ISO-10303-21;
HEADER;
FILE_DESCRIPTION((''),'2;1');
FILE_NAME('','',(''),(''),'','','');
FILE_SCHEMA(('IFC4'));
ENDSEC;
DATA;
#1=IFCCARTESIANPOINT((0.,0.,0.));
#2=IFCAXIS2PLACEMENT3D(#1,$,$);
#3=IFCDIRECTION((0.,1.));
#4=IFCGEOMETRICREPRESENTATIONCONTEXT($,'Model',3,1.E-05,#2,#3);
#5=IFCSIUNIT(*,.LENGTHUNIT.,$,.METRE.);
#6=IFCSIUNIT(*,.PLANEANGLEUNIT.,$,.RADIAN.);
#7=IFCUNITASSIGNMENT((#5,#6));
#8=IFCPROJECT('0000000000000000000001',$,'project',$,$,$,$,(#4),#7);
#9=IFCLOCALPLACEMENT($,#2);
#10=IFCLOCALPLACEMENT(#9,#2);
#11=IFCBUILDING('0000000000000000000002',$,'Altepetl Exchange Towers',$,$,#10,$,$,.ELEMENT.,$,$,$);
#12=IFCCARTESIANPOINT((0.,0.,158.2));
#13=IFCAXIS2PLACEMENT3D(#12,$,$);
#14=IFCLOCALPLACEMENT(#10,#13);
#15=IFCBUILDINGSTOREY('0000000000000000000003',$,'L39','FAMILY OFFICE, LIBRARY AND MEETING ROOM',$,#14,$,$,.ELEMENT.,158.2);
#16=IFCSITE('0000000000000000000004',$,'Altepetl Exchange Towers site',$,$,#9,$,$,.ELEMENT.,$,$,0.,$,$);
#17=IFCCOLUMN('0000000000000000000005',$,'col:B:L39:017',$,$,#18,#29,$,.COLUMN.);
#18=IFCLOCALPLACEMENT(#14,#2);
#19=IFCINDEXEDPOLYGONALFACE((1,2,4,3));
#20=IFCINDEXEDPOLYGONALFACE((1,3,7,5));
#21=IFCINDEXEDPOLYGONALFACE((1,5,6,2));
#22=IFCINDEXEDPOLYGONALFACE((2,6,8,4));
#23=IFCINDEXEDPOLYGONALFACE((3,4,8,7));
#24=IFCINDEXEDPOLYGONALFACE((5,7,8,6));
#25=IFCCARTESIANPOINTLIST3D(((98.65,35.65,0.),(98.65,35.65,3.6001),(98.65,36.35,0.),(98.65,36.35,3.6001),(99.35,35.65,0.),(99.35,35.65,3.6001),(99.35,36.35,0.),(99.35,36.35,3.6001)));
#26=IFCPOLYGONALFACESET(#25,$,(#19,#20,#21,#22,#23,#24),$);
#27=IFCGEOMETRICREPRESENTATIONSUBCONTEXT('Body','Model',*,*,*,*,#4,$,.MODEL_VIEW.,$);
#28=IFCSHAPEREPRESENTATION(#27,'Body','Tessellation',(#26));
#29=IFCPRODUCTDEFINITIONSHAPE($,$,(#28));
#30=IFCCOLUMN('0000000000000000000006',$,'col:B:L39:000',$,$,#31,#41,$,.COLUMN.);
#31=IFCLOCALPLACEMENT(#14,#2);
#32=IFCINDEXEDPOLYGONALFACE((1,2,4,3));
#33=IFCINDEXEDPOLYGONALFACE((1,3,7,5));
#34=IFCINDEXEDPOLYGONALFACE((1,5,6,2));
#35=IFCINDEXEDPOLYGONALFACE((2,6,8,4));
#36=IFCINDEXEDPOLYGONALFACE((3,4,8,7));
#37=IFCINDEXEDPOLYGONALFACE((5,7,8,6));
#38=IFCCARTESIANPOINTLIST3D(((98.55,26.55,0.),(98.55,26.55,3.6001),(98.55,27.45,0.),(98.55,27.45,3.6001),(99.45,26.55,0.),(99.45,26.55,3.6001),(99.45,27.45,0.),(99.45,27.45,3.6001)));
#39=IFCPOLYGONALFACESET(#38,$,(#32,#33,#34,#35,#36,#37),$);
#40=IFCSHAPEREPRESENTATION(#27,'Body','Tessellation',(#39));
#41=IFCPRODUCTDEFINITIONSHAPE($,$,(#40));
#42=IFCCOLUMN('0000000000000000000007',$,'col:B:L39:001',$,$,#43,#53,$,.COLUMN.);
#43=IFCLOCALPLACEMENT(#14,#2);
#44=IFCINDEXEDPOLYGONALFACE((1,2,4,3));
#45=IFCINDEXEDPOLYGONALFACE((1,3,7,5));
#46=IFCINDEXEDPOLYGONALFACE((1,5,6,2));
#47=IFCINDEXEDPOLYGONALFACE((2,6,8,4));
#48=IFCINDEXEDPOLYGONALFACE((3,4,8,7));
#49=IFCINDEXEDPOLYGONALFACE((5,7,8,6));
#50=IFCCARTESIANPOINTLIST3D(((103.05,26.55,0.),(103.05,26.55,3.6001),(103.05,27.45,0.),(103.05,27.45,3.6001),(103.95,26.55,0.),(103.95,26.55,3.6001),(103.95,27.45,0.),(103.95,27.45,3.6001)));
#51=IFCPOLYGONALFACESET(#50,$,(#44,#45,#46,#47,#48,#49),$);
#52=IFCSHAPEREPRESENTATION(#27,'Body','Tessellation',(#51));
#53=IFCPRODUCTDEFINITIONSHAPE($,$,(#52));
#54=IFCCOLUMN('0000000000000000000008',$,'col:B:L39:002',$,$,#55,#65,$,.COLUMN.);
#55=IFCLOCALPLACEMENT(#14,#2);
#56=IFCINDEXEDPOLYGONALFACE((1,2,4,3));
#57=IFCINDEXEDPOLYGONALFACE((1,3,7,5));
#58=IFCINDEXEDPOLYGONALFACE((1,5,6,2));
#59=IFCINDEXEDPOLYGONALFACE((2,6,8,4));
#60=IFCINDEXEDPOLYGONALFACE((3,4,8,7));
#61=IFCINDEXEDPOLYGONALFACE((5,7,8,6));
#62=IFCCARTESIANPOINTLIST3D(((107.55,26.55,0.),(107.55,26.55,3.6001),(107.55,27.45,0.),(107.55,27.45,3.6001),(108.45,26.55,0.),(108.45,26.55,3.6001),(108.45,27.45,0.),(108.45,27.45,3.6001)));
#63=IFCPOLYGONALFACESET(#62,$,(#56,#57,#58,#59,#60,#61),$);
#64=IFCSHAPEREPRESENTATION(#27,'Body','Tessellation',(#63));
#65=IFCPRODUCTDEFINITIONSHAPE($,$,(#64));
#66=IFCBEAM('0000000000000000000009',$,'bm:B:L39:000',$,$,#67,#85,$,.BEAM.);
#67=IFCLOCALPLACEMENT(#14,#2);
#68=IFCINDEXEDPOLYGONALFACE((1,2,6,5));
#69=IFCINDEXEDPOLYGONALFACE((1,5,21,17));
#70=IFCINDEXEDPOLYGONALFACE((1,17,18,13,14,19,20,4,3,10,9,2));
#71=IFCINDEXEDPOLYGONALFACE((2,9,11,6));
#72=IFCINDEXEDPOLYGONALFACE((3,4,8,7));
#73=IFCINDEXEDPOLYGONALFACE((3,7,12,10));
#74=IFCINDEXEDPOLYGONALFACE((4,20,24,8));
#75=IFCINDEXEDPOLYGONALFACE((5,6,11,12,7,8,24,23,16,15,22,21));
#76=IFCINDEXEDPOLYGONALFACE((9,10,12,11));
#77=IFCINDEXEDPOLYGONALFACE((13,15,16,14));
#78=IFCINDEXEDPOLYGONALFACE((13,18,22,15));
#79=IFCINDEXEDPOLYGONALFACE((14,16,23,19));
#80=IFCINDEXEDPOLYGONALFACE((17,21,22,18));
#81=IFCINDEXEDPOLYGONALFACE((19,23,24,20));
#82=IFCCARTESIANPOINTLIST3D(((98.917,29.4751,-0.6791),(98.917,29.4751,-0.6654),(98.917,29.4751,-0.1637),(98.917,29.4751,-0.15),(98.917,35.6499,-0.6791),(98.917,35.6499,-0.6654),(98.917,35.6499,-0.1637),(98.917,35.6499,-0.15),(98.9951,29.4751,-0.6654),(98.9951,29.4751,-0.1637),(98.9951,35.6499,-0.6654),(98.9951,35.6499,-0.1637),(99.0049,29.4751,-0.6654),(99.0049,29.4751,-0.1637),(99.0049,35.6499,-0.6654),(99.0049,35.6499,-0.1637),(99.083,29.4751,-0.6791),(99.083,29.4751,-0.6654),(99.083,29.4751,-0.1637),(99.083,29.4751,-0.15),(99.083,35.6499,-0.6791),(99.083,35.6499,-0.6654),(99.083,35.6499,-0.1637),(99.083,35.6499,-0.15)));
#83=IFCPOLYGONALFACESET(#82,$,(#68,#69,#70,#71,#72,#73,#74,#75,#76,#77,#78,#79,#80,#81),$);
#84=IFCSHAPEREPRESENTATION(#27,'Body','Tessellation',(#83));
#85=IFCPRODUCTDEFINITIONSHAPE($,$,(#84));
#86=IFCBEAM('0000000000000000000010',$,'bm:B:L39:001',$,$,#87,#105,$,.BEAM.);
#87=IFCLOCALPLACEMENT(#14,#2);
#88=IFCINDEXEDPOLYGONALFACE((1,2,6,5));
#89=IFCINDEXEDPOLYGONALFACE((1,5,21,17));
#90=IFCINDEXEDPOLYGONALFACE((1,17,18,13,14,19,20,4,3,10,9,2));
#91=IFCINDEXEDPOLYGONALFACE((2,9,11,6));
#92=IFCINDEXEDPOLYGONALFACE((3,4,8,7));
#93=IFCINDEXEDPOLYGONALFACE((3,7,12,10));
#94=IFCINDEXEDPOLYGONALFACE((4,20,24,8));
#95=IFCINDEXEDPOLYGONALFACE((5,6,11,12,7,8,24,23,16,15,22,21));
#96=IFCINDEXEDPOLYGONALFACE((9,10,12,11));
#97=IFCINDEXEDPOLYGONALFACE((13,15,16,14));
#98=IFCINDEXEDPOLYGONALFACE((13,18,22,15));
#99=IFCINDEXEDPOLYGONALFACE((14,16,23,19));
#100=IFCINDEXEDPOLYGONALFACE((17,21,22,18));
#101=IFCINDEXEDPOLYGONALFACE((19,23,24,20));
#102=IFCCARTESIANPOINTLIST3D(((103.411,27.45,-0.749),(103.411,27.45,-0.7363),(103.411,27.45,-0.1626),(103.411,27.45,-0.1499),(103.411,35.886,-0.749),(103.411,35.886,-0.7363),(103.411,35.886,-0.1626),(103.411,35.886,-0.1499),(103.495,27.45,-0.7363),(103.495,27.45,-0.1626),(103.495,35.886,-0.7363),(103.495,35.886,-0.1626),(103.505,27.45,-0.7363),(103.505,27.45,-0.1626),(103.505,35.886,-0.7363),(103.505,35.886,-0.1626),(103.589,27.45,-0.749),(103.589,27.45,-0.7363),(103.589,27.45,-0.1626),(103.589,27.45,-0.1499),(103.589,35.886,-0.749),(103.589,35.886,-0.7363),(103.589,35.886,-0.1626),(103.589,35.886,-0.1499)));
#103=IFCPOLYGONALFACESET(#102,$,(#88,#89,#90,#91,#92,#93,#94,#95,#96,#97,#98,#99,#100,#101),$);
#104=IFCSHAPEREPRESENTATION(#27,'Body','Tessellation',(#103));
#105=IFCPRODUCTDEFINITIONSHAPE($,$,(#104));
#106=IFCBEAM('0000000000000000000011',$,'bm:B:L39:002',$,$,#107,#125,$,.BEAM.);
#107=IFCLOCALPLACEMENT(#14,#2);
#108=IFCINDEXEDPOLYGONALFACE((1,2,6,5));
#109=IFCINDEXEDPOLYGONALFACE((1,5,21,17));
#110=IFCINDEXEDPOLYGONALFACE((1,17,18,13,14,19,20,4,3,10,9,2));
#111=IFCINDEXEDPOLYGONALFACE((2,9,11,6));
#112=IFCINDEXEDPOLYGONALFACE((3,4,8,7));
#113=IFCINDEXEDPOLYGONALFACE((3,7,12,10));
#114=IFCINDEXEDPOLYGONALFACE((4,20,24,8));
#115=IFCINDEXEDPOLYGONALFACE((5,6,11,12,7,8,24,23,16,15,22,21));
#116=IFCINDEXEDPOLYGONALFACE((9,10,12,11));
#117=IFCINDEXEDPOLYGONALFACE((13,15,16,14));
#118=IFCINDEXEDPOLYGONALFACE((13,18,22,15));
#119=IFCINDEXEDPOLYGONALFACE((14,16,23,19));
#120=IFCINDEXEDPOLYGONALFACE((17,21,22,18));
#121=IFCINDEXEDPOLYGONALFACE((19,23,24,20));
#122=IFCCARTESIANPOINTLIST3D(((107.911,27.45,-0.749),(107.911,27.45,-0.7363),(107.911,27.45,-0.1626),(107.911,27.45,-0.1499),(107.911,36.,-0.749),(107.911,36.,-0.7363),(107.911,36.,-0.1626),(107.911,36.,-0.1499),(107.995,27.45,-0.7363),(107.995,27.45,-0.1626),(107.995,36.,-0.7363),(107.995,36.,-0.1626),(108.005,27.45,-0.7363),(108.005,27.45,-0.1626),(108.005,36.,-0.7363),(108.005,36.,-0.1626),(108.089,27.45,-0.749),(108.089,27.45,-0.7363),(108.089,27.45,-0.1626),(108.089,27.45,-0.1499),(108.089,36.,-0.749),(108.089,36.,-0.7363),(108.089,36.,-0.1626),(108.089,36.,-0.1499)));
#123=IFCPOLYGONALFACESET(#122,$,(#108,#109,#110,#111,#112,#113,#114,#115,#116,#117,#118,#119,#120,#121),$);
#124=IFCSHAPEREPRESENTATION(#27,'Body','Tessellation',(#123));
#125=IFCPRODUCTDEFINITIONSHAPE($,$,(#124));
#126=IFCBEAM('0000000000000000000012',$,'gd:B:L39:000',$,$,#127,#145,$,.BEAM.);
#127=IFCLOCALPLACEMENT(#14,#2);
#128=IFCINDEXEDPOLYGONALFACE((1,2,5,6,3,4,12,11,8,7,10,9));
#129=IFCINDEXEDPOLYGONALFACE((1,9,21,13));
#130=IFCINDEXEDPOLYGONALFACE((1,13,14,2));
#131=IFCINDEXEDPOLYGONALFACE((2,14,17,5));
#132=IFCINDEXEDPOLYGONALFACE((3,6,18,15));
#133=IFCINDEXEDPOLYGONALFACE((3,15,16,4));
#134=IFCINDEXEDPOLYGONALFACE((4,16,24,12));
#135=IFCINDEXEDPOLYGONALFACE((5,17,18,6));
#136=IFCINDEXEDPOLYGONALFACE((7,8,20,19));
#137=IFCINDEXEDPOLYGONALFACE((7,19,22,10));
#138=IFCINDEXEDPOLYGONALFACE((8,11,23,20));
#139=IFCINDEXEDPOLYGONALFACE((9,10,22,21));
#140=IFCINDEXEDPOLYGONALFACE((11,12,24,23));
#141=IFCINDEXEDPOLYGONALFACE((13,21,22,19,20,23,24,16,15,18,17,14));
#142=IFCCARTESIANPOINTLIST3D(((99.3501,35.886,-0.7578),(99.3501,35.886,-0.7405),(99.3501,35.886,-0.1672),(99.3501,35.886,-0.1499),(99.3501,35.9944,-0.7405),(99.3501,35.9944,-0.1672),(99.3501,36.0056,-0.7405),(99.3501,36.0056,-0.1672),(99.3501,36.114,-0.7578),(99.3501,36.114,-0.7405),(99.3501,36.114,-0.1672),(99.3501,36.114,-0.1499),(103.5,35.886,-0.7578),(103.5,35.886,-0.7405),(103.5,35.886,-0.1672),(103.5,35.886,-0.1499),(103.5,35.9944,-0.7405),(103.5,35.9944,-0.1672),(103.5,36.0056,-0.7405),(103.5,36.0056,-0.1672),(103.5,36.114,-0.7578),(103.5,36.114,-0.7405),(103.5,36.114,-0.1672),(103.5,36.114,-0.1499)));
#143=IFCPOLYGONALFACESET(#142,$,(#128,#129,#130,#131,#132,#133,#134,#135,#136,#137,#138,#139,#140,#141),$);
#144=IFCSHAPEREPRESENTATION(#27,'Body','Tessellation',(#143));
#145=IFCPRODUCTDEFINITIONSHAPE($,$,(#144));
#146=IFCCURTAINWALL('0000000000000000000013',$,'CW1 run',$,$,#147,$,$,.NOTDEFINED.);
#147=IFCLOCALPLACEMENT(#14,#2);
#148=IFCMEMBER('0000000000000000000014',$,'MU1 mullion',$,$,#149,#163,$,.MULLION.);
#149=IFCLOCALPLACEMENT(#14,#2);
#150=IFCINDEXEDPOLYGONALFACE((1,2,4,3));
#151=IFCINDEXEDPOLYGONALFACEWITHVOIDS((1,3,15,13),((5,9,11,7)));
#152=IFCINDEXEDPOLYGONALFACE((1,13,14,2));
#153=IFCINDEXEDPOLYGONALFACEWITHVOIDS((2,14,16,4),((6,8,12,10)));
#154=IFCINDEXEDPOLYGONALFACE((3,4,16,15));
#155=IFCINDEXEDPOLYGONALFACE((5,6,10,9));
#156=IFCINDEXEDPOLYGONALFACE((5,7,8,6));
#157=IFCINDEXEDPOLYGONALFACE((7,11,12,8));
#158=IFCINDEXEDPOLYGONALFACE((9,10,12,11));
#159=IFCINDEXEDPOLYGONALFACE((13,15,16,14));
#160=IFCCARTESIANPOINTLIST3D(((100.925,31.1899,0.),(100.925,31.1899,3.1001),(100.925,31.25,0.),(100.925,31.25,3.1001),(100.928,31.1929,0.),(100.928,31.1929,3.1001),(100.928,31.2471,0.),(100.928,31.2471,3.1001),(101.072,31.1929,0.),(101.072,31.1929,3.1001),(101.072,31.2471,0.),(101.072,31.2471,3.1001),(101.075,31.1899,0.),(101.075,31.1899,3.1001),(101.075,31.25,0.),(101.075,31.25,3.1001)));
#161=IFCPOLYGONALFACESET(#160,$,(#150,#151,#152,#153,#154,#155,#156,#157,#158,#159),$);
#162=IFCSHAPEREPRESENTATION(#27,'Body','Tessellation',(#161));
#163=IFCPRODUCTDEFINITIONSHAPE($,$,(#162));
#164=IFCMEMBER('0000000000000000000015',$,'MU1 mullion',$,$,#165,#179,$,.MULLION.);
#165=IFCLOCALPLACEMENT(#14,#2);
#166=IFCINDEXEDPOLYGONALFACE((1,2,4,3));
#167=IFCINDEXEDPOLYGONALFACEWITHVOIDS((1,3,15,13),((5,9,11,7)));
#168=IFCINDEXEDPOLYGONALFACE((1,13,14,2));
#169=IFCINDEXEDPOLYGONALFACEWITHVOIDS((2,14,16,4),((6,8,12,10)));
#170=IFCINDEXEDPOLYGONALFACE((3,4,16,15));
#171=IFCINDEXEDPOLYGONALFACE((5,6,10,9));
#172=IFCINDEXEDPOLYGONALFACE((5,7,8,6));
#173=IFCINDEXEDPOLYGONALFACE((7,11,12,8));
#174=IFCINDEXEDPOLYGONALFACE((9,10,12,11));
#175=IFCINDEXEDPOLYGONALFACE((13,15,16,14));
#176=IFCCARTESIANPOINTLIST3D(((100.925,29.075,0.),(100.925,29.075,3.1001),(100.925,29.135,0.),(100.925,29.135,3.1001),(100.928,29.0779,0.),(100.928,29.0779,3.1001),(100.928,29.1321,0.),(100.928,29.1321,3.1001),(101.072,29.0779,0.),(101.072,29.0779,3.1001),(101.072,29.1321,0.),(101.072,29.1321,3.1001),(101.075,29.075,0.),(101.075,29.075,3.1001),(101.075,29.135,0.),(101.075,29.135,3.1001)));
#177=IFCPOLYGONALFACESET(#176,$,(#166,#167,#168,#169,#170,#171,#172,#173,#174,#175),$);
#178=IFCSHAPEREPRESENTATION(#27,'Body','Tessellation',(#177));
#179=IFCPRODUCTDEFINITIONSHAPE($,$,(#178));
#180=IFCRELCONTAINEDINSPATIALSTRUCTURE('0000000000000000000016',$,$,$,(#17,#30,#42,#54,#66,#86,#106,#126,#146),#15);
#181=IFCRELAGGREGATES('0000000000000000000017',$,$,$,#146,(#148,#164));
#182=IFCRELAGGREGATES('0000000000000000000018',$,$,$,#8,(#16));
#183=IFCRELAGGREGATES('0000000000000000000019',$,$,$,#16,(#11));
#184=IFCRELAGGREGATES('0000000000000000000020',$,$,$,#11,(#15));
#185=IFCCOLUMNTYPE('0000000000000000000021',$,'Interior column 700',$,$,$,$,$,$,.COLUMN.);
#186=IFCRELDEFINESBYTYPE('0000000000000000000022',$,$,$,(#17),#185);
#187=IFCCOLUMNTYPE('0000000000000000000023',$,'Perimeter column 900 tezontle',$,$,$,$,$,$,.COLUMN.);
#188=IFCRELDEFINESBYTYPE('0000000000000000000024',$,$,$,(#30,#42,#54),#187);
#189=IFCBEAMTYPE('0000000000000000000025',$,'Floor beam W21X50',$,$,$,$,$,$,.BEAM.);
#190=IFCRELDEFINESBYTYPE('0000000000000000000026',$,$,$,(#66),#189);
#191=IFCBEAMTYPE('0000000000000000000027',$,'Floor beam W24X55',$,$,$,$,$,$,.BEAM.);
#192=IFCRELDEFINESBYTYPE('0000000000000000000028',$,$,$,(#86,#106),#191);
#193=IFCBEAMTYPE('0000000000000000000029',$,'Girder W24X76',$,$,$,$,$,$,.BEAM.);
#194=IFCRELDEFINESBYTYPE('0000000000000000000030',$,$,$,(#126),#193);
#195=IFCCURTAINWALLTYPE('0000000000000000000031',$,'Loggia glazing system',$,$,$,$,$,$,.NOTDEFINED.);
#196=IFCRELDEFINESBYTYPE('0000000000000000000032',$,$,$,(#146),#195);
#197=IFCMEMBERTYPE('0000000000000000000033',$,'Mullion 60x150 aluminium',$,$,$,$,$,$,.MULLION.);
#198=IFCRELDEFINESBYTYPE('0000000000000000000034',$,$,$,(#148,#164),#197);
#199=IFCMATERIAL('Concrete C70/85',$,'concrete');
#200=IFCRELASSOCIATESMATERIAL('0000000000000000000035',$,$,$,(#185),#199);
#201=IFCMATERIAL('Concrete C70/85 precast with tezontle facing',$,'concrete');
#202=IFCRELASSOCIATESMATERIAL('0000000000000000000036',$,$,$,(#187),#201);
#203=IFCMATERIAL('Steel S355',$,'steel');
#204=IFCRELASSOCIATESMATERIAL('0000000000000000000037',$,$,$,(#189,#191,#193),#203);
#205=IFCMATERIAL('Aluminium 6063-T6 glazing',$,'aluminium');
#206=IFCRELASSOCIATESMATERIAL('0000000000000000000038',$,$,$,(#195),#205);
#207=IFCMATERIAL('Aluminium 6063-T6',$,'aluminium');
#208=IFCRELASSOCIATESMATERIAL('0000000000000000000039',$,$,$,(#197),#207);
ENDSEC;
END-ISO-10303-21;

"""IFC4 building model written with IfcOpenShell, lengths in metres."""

from ifc_helpers import new_model, si_unit, direction, frame, origin, origin_2d, place, context, subcontext, project, spatial, rectangle, hollow_rectangle, i_section, extrude, material, material_profile, profile_set, type_object, element, aggregate, save


model = new_model("IFC4")

# Units and contexts
model_context = context("Model", 3, precision=1e-05, world=origin(), true_north=direction((0.0, 1.0)))
body_context = subcontext(model_context, "Body", "Model", "MODEL_VIEW")
ifc_project = project(units=[si_unit("LENGTHUNIT", "METRE"), si_unit("PLANEANGLEUNIT", "RADIAN")], contexts=[model_context])

# Site, building, storey
site_placement = place(None, origin())
site = spatial("IfcSite", under=ifc_project, at=site_placement, Name="Altepetl Exchange Towers site", CompositionType="ELEMENT", RefElevation=0.0)
building_placement = place(site_placement, origin())
building = spatial("IfcBuilding", under=site, at=building_placement, Name="Altepetl Exchange Towers", CompositionType="ELEMENT")
storey_placement = place(building_placement, frame((0.0, 0.0, 158.2)))
storey = spatial("IfcBuildingStorey", under=building, at=storey_placement, Name="L39", Description="FAMILY OFFICE, LIBRARY AND MEETING ROOM", CompositionType="ELEMENT", Elevation=158.2)

# Columns
ifc_material_1 = material(Name="Concrete C70/85", Category="concrete")
ifc_material_profile_1 = material_profile(ifc_material_1, rectangle(XDim=0.7, YDim=0.7, at=origin_2d()), Name="700 x 700")
ifc_profile_set_1 = profile_set([ifc_material_profile_1], Name="Concrete C70/85")
column_type_1 = type_object("IfcColumnType", Name="Interior column 700", PredefinedType="COLUMN", material=ifc_profile_set_1)
column_placement = place(storey_placement, frame((99.0, 36.0, 0.0)))
element("IfcColumn", 1, at=column_placement, inside=storey, type_object=column_type_1, Name="col:B:L39:017", PredefinedType="COLUMN", context=body_context, shape_type="SweptSolid", body=[
    extrude(rectangle(XDim=0.7, YDim=0.7, at=origin_2d()), origin(), (0.0, 0.0, 1.0), 3.6001),
])
ifc_material_2 = material(Name="Concrete C70/85 precast with tezontle facing", Category="concrete")
ifc_material_profile_2 = material_profile(ifc_material_2, rectangle(XDim=0.8999, YDim=0.8999, at=origin_2d()), Name="900 x 900")
ifc_profile_set_2 = profile_set([ifc_material_profile_2], Name="Concrete C70/85 precast with tezontle facing")
column_type_2 = type_object("IfcColumnType", Name="Perimeter column 900 tezontle", PredefinedType="COLUMN", material=ifc_profile_set_2)
for number, where, name in (
    (2, (99.0, 27.0, 0.0), "col:B:L39:000"),
    (3, (103.5, 27.0, 0.0), "col:B:L39:001"),
    (4, (108.0, 27.0, 0.0), "col:B:L39:002"),
):
    element("IfcColumn", number, at=place(storey_placement, frame(where)), inside=storey, type_object=column_type_2, Name=name, PredefinedType="COLUMN", context=body_context, shape_type="SweptSolid", body=[
        extrude(rectangle(XDim=0.8999, YDim=0.8999, at=origin_2d()), origin(), (0.0, 0.0, 1.0), 3.6001),
    ])

# Beams
ifc_material_3 = material(Name="Steel S355", Category="steel")
ifc_material_profile_3 = material_profile(ifc_material_3, i_section(OverallWidth=0.166, OverallDepth=0.5291, WebThickness=0.0098, FlangeThickness=0.0137, at=origin_2d()), Name="W21X50")
ifc_profile_set_3 = profile_set([ifc_material_profile_3], Name="Steel S355")
beam_type_1 = type_object("IfcBeamType", Name="Floor beam W21X50", PredefinedType="BEAM", material=ifc_profile_set_3)
beam_1_placement = place(storey_placement, frame((99.0, 29.4751, -0.4146), z_axis=(0.0, 1.0, 0.0), x_axis=(-1.0, 0.0, 0.0)))
element("IfcBeam", 5, at=beam_1_placement, inside=storey, type_object=beam_type_1, Name="bm:B:L39:000", PredefinedType="BEAM", context=body_context, shape_type="SweptSolid", body=[
    extrude(i_section(OverallWidth=0.166, OverallDepth=0.5291, WebThickness=0.0098, FlangeThickness=0.0137, at=origin_2d()), origin(), (0.0, 0.0, 1.0), 6.1748),
])
ifc_material_profile_4 = material_profile(ifc_material_3, i_section(OverallWidth=0.178, OverallDepth=0.5991, WebThickness=0.01, FlangeThickness=0.0127, at=origin_2d()), Name="W24X55")
ifc_profile_set_4 = profile_set([ifc_material_profile_4], Name="Steel S355")
beam_type_2 = type_object("IfcBeamType", Name="Floor beam W24X55", PredefinedType="BEAM", material=ifc_profile_set_4)
beam_2_placement = place(storey_placement, frame((103.5, 27.45, -0.4495), z_axis=(0.0, 1.0, 0.0), x_axis=(-1.0, 0.0, 0.0)))
element("IfcBeam", 6, at=beam_2_placement, inside=storey, type_object=beam_type_2, Name="bm:B:L39:001", PredefinedType="BEAM", context=body_context, shape_type="SweptSolid", body=[
    extrude(i_section(OverallWidth=0.178, OverallDepth=0.5991, WebThickness=0.01, FlangeThickness=0.0127, at=origin_2d()), origin(), (0.0, 0.0, 1.0), 8.436),
])
beam_3_placement = place(storey_placement, frame((108.0, 27.45, -0.4495), z_axis=(0.0, 1.0, 0.0), x_axis=(-1.0, 0.0, 0.0)))
element("IfcBeam", 7, at=beam_3_placement, inside=storey, type_object=beam_type_2, Name="bm:B:L39:002", PredefinedType="BEAM", context=body_context, shape_type="SweptSolid", body=[
    extrude(i_section(OverallWidth=0.178, OverallDepth=0.5991, WebThickness=0.01, FlangeThickness=0.0127, at=origin_2d()), origin(), (0.0, 0.0, 1.0), 8.55),
])
ifc_material_profile_5 = material_profile(ifc_material_3, i_section(OverallWidth=0.228, OverallDepth=0.6079, WebThickness=0.0112, FlangeThickness=0.0173, at=origin_2d()), Name="W24X76")
ifc_profile_set_5 = profile_set([ifc_material_profile_5], Name="Steel S355")
beam_type_3 = type_object("IfcBeamType", Name="Girder W24X76", PredefinedType="BEAM", material=ifc_profile_set_5)
beam_4_placement = place(storey_placement, frame((103.5, 36.0, -0.4539), z_axis=(-1.0, 0.0, 0.0), x_axis=(0.0, -1.0, 0.0)))
element("IfcBeam", 8, at=beam_4_placement, inside=storey, type_object=beam_type_3, Name="gd:B:L39:000", PredefinedType="BEAM", context=body_context, shape_type="SweptSolid", body=[
    extrude(i_section(OverallWidth=0.228, OverallDepth=0.6079, WebThickness=0.0112, FlangeThickness=0.0173, at=origin_2d()), origin(), (0.0, 0.0, 1.0), 4.1499),
])

# Curtain wall, members
ifc_material_4 = material(Name="Aluminium 6063-T6 glazing", Category="aluminium")
curtain_wall_type = type_object("IfcCurtainWallType", Name="Loggia glazing system", PredefinedType="NOTDEFINED", material=ifc_material_4)
curtain_wall_1_placement = place(storey_placement, origin())
curtain_wall_1 = element("IfcCurtainWall", 9, at=curtain_wall_1_placement, inside=storey, type_object=curtain_wall_type, Name="CW1 run", PredefinedType="NOTDEFINED")
ifc_material_5 = material(Name="Aluminium 6063-T6", Category="aluminium")
ifc_material_profile_6 = material_profile(ifc_material_5, hollow_rectangle(XDim=0.0601, YDim=0.1499, WallThickness=0.0029, at=origin_2d()), Name="Mullion 60x150 aluminium")
ifc_profile_set_6 = profile_set([ifc_material_profile_6], Name="Aluminium 6063-T6")
member_type = type_object("IfcMemberType", Name="Mullion 60x150 aluminium", PredefinedType="MULLION", material=ifc_profile_set_6)
member_1_placement = place(storey_placement, frame((101.0, 31.22, 0.0), z_axis=(0.0, 0.0, 1.0), x_axis=(0.0, -1.0, 0.0)))
member_1 = element("IfcMember", 10, at=member_1_placement, type_object=member_type, Name="MU1 mullion", PredefinedType="MULLION", context=body_context, shape_type="SweptSolid", body=[
    extrude(hollow_rectangle(XDim=0.0601, YDim=0.1499, WallThickness=0.0029, at=origin_2d()), origin(), (0.0, 0.0, 1.0), 3.1001),
])
member_2_placement = place(storey_placement, frame((101.0, 29.105, 0.0), z_axis=(0.0, 0.0, 1.0), x_axis=(0.0, -1.0, 0.0)))
member_2 = element("IfcMember", 11, at=member_2_placement, type_object=member_type, Name="MU1 mullion", PredefinedType="MULLION", context=body_context, shape_type="SweptSolid", body=[
    extrude(hollow_rectangle(XDim=0.0601, YDim=0.1499, WallThickness=0.0029, at=origin_2d()), origin(), (0.0, 0.0, 1.0), 3.1001),
])

aggregate(curtain_wall_1, [member_1, member_2])

save(model, "model.ifc")
